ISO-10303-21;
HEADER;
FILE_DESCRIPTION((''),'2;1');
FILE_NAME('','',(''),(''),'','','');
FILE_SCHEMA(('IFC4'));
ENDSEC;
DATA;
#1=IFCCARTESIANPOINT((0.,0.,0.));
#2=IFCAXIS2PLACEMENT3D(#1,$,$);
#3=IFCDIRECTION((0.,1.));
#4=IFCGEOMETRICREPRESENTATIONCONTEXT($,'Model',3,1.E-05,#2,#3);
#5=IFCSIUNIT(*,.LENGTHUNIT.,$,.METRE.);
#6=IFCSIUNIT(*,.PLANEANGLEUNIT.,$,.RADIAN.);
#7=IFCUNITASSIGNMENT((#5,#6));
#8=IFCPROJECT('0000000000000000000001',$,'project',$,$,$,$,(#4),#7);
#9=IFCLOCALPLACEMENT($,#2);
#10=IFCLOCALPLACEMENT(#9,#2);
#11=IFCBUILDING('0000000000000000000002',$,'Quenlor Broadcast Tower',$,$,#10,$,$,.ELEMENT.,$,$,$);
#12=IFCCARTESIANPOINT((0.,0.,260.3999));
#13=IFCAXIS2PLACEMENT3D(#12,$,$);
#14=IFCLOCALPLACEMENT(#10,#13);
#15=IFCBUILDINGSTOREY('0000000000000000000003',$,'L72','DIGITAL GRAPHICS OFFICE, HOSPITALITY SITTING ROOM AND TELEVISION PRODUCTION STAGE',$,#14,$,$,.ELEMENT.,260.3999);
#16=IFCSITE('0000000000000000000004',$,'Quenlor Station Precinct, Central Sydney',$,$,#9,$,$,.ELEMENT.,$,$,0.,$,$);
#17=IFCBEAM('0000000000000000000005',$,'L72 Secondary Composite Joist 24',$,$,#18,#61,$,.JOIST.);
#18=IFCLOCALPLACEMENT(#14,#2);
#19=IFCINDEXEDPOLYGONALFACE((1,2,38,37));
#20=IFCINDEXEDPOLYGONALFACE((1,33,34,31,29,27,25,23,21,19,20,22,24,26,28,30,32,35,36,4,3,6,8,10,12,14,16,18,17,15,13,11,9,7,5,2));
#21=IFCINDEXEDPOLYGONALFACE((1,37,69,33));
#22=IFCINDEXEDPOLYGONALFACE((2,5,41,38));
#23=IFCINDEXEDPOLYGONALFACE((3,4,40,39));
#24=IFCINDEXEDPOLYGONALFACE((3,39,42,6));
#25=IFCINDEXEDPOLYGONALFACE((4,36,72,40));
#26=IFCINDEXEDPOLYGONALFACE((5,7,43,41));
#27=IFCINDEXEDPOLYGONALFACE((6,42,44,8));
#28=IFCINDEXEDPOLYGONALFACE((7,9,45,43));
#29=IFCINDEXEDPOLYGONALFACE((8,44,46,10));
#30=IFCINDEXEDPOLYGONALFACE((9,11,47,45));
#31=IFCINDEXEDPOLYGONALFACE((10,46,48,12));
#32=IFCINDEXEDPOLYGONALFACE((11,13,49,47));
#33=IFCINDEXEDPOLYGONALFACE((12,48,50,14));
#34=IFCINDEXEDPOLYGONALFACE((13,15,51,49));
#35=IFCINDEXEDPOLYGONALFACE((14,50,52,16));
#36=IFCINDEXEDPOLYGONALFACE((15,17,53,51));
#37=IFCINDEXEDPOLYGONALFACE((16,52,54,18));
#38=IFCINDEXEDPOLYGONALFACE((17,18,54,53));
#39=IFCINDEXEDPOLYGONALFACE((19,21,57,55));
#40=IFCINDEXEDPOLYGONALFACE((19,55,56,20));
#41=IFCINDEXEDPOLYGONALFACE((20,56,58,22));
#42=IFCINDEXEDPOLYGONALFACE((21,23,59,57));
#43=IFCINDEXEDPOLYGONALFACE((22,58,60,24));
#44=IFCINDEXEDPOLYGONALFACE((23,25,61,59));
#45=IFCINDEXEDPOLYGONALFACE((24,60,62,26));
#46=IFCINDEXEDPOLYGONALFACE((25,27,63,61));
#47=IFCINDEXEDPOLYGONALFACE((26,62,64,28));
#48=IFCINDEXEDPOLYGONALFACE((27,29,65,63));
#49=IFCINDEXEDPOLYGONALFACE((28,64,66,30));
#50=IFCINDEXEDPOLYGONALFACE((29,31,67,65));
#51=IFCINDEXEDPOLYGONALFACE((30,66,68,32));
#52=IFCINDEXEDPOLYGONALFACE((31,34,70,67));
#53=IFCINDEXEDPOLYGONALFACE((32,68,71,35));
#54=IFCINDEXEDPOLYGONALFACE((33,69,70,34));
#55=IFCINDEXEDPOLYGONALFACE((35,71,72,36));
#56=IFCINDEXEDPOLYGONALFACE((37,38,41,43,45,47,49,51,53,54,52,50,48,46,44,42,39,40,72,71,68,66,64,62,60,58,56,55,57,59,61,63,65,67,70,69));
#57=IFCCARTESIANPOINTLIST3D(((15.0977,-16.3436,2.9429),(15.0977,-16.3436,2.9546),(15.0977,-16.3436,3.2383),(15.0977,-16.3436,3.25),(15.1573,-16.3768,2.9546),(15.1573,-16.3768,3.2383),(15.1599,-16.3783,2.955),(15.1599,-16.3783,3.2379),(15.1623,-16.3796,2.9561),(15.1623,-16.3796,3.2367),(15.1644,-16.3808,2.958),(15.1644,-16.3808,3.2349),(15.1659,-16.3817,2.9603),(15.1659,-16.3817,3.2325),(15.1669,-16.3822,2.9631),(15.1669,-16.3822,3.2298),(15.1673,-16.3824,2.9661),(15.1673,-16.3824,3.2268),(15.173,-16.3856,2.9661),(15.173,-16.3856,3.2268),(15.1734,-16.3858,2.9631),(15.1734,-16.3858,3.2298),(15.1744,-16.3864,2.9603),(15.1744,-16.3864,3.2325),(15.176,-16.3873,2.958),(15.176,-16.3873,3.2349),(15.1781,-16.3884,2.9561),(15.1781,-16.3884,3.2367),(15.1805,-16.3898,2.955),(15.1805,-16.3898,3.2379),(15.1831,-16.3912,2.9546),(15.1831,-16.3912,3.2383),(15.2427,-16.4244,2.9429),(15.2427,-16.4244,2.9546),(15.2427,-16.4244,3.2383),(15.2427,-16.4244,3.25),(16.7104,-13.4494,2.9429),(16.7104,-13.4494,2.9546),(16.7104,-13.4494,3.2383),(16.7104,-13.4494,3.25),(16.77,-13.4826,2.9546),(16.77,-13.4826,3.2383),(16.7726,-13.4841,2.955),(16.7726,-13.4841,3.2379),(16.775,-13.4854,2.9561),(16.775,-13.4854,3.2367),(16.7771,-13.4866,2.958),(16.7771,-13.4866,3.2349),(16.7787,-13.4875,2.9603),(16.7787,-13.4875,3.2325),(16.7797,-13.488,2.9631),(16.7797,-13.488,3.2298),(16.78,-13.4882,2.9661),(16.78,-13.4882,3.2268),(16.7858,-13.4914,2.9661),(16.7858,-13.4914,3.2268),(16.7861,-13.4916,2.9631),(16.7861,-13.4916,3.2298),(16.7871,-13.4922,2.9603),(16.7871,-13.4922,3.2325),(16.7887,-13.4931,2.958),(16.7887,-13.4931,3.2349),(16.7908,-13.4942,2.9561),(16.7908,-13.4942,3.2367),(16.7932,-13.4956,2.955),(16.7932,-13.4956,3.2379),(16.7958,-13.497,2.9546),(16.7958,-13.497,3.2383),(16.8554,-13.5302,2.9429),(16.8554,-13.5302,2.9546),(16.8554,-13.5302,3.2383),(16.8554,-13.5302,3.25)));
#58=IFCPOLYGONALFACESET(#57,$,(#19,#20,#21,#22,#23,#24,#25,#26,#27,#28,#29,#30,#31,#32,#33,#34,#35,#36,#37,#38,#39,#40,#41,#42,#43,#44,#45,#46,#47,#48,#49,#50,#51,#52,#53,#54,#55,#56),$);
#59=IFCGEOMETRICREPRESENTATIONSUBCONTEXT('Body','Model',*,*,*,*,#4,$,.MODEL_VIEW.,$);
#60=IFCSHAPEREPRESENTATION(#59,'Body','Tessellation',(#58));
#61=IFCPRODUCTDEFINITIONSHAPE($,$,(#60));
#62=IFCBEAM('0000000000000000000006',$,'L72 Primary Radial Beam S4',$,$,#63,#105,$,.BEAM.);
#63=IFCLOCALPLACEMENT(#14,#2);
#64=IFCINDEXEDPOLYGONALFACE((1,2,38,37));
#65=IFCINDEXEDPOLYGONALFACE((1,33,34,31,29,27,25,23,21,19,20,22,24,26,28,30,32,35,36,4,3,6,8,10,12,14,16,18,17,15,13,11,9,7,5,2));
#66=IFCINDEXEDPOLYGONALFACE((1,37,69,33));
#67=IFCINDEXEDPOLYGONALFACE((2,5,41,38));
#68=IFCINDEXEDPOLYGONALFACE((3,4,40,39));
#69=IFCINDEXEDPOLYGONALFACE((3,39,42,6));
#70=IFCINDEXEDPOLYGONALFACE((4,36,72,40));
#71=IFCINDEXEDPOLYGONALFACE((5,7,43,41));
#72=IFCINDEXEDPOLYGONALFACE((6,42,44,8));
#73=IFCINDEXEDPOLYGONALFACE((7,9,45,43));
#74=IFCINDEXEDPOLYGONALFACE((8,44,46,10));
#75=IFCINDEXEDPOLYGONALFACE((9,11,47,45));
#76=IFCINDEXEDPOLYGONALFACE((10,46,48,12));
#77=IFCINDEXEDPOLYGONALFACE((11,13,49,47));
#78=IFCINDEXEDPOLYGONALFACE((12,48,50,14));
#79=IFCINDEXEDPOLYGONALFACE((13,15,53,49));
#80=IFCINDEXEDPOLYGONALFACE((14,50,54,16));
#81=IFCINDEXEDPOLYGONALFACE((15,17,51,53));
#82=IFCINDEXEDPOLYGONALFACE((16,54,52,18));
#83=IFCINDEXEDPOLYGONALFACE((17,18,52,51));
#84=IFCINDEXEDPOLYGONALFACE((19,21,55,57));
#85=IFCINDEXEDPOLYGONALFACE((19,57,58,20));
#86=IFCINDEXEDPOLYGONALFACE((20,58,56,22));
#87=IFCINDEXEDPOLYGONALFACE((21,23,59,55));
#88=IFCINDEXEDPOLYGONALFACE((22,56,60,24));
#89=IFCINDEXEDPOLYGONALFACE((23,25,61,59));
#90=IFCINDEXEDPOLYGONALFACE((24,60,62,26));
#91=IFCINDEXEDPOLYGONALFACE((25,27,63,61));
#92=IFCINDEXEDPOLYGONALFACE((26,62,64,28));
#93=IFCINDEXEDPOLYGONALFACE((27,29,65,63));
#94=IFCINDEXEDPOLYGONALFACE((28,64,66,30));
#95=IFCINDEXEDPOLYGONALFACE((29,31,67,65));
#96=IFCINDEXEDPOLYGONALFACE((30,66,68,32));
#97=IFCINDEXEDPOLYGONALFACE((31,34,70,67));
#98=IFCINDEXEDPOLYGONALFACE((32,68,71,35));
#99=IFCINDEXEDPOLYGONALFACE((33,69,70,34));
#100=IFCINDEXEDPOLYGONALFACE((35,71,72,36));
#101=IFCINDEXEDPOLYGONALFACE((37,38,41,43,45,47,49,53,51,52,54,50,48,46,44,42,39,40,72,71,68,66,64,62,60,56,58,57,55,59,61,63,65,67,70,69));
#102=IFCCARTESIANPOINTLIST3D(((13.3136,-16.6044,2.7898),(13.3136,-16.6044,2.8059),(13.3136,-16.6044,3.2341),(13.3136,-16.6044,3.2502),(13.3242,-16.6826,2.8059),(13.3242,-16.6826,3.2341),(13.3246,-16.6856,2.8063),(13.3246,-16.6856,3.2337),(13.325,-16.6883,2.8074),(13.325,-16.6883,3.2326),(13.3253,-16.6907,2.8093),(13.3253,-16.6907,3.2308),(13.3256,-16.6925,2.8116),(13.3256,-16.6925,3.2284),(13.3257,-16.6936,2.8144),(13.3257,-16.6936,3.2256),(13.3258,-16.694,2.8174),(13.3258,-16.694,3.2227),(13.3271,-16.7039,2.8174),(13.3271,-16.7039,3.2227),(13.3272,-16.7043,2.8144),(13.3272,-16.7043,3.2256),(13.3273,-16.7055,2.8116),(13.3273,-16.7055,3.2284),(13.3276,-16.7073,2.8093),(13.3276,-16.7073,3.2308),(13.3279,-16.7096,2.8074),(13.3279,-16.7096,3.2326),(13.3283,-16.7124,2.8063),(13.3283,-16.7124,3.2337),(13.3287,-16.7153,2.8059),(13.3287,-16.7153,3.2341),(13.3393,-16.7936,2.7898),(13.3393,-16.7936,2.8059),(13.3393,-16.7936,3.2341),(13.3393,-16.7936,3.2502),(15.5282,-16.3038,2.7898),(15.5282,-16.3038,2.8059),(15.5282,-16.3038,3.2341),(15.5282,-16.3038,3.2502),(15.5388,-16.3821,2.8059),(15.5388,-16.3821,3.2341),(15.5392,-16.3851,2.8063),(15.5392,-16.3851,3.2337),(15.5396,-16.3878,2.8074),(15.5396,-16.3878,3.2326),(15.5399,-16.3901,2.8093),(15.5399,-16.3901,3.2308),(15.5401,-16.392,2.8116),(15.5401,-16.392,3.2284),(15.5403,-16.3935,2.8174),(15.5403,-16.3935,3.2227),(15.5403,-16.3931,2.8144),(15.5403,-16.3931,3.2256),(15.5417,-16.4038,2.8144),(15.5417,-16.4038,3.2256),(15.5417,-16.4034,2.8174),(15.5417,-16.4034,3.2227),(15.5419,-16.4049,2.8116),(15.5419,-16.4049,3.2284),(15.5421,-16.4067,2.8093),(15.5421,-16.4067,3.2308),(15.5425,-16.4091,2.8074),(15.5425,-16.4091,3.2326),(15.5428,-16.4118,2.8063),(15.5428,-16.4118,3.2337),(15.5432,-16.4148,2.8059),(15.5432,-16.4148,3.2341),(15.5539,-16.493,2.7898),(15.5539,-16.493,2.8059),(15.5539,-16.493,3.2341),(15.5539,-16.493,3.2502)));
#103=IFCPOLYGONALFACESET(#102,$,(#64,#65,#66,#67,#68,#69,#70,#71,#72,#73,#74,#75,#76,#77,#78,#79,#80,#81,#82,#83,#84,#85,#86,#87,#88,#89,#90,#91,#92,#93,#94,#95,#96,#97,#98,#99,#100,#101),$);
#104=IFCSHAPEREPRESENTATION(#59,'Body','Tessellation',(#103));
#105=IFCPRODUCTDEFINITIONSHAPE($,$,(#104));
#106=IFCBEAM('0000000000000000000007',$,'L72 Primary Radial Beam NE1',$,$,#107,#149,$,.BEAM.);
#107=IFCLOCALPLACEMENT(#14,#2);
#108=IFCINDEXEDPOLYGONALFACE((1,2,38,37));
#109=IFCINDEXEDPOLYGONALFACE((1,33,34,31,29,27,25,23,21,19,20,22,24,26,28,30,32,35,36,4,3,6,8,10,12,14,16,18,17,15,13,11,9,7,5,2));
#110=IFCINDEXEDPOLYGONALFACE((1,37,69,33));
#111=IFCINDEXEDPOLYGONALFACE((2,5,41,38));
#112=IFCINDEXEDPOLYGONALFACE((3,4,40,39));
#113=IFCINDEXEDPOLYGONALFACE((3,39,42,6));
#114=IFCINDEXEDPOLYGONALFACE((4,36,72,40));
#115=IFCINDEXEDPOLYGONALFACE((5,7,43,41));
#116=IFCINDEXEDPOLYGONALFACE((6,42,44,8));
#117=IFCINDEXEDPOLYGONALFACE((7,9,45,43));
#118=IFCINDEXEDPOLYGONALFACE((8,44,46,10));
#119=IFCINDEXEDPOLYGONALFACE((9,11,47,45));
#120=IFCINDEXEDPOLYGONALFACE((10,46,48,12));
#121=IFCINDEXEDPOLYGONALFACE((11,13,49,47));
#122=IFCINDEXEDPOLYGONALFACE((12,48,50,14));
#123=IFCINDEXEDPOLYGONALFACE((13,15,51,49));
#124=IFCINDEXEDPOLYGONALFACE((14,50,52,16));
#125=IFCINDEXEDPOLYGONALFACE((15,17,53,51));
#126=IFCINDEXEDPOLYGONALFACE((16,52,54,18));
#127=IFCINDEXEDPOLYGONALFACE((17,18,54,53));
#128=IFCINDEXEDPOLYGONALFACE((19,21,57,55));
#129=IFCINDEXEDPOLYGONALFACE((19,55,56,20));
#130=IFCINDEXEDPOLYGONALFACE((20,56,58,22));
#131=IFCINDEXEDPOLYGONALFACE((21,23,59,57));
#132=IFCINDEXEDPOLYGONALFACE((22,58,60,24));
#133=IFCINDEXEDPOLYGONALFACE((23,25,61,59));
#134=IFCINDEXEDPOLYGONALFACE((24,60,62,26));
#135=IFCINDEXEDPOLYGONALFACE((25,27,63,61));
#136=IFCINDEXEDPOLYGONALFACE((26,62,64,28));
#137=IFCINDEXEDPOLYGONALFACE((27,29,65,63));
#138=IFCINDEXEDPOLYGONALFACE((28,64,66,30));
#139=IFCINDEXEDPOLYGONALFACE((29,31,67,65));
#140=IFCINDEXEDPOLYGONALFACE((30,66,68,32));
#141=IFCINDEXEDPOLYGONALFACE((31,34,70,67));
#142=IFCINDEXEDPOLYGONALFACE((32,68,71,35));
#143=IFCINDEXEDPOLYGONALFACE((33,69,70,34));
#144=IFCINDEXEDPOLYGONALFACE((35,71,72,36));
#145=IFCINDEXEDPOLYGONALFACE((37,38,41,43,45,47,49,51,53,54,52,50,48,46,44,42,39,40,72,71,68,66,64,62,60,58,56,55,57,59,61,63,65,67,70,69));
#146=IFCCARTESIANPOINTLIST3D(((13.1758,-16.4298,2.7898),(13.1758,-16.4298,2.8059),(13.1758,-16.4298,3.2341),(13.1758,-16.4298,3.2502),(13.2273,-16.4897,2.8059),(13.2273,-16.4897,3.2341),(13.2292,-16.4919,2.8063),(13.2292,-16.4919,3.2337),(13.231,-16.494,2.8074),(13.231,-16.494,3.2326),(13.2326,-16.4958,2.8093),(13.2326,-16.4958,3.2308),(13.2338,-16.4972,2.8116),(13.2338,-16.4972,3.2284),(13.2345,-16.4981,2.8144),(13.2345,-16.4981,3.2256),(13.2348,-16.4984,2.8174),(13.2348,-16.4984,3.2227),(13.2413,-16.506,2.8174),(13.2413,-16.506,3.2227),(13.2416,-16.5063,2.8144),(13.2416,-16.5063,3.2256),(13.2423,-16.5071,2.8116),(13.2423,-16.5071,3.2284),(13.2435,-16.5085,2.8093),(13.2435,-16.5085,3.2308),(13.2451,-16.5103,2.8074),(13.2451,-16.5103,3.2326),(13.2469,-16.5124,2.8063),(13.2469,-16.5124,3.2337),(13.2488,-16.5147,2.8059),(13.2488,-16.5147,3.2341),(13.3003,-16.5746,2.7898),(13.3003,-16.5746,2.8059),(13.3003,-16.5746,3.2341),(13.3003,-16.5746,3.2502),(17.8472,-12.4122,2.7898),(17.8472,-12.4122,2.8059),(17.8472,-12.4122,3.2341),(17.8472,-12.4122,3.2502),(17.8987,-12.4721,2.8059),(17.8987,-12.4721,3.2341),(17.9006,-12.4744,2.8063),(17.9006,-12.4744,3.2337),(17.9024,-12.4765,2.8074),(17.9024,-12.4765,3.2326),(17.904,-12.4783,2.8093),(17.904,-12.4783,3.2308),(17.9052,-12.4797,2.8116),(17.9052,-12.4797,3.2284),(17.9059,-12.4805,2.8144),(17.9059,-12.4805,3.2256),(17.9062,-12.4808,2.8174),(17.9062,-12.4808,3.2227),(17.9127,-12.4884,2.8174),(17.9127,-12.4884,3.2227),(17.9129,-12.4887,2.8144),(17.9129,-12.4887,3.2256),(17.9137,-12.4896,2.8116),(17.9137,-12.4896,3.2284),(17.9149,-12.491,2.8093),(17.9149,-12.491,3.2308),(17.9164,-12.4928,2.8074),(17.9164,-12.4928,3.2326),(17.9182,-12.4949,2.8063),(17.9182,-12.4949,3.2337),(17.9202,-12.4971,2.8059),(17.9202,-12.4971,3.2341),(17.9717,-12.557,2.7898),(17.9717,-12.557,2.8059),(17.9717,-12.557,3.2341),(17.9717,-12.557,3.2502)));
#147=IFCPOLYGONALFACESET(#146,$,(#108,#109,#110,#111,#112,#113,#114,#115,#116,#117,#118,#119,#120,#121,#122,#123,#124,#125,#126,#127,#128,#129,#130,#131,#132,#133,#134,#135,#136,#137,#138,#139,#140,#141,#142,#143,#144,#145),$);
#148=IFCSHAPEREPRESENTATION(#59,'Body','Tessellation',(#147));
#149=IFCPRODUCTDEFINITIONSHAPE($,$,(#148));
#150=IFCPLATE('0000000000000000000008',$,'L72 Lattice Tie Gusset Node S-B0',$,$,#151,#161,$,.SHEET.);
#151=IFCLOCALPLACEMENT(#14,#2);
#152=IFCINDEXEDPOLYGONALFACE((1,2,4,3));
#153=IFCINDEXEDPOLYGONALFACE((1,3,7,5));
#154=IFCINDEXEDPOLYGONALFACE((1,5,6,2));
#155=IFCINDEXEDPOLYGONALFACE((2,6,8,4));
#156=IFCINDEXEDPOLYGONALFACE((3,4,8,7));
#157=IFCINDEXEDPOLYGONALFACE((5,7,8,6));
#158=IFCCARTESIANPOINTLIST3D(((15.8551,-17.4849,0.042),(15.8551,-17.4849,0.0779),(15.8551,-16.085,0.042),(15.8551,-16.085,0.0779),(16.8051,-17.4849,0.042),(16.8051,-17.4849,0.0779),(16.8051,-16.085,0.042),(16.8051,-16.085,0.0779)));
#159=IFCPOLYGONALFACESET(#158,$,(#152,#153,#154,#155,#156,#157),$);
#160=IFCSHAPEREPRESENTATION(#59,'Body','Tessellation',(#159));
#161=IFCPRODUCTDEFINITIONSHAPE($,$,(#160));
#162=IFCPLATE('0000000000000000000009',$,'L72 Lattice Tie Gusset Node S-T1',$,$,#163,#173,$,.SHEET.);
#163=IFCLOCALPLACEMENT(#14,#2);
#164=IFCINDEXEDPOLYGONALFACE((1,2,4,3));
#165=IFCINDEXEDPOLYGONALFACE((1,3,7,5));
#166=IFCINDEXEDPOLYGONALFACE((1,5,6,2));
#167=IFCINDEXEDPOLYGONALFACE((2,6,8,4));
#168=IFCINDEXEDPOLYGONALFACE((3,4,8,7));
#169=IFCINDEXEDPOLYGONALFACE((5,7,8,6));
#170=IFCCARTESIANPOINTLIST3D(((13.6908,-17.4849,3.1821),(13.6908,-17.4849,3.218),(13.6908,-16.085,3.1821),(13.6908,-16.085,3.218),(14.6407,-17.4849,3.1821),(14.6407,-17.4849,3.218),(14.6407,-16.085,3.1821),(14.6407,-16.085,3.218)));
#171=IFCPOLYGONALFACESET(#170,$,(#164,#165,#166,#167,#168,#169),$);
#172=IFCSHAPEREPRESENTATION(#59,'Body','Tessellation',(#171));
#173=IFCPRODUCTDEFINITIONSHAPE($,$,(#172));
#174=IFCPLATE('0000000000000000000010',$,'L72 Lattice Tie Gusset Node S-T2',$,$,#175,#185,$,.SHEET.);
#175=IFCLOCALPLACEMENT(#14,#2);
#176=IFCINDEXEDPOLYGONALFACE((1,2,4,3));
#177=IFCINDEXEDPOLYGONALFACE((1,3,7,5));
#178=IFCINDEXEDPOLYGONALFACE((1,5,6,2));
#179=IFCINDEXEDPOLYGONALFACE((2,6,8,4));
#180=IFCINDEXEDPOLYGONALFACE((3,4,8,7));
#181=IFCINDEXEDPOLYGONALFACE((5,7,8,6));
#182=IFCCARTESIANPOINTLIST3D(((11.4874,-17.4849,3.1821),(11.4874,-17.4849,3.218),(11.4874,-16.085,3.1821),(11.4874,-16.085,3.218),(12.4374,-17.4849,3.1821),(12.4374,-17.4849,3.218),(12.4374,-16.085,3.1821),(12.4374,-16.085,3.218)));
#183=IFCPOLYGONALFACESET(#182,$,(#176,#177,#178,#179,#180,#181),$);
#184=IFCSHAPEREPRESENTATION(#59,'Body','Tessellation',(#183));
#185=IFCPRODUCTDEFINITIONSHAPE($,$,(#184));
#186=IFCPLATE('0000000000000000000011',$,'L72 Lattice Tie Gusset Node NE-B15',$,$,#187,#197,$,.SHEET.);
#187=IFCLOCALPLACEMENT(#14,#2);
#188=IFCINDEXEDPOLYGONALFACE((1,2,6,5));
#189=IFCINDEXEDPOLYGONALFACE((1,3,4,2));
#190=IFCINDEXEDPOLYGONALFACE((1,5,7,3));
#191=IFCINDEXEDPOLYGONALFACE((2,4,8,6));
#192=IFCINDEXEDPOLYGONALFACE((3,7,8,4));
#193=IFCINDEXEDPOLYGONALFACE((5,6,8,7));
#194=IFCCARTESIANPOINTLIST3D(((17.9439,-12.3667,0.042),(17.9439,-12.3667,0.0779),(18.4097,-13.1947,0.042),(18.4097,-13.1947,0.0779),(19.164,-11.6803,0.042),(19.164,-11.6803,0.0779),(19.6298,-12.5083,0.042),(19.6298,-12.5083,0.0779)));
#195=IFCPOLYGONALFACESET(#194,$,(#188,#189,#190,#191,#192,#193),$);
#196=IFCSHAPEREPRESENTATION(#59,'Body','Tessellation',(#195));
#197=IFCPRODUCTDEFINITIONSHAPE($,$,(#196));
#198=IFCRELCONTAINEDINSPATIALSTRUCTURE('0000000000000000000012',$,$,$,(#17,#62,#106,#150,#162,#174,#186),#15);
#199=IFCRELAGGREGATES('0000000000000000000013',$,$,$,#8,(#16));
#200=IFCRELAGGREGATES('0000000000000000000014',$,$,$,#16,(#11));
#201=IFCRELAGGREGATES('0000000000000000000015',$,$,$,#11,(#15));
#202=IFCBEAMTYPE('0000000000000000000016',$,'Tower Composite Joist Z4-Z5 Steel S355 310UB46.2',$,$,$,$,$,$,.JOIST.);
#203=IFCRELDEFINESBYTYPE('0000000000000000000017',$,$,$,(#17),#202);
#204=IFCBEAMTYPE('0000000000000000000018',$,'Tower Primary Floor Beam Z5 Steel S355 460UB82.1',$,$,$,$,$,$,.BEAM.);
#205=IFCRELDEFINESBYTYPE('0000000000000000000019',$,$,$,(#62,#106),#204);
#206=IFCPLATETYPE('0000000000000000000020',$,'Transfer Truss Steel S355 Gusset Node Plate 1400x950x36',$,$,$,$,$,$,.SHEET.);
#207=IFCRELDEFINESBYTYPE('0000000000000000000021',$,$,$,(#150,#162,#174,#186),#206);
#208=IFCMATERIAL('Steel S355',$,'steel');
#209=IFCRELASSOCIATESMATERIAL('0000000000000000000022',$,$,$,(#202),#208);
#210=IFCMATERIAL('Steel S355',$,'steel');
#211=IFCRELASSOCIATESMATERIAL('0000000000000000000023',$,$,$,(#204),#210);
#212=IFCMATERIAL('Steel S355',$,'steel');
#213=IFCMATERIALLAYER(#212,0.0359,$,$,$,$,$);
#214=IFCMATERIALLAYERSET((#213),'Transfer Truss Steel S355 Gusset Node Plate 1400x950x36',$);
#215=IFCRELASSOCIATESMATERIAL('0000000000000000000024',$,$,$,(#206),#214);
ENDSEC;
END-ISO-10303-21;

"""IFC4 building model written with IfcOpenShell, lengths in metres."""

from ifc_helpers import new_model, si_unit, direction, frame, origin, origin_2d, place, context, subcontext, project, spatial, rectangle, i_section, extrude, material, layer, layer_set, material_profile, profile_set, type_object, element, save


model = new_model("IFC4")

# Units and contexts
model_context = context("Model", 3, precision=1e-05, world=origin(), true_north=direction((0.0, 1.0)))
body_context = subcontext(model_context, "Body", "Model", "MODEL_VIEW")
ifc_project = project(units=[si_unit("LENGTHUNIT", "METRE"), si_unit("PLANEANGLEUNIT", "RADIAN")], contexts=[model_context])

# Site, building, storey
site_placement = place(None, origin())
site = spatial("IfcSite", under=ifc_project, at=site_placement, Name="Quenlor Station Precinct, Central Sydney", CompositionType="ELEMENT", RefElevation=0.0)
building_placement = place(site_placement, origin())
building = spatial("IfcBuilding", under=site, at=building_placement, Name="Quenlor Broadcast Tower", CompositionType="ELEMENT")
storey_placement = place(building_placement, frame((0.0, 0.0, 260.3999)))
storey = spatial("IfcBuildingStorey", under=building, at=storey_placement, Name="L72", Description="DIGITAL GRAPHICS OFFICE, HOSPITALITY SITTING ROOM AND TELEVISION PRODUCTION STAGE", CompositionType="ELEMENT", Elevation=260.3999)

# Beams
ifc_material_1 = material(Name="Steel S355", Category="steel")
ifc_material_profile_1 = material_profile(ifc_material_1, i_section(OverallWidth=0.166, OverallDepth=0.3071, WebThickness=0.0066, FlangeThickness=0.0117, FilletRadius=0.0115, at=origin_2d()))
ifc_profile_set_1 = profile_set([ifc_material_profile_1], Name="Steel S355 310UB46.2")
beam_type_1 = type_object("IfcBeamType", Name="Tower Composite Joist Z4-Z5 Steel S355 310UB46.2", PredefinedType="JOIST", material=ifc_profile_set_1)
beam_1_placement = place(storey_placement, frame((15.1702, -16.384, 3.0964), z_axis=(0.486762, 0.873534, 0.0), x_axis=(-0.873534, 0.486762, 0.0)))
element("IfcBeam", 1, at=beam_1_placement, inside=storey, type_object=beam_type_1, Name="L72 Secondary Composite Joist 24", PredefinedType="JOIST", context=body_context, shape_type="SweptSolid", body=[
    extrude(i_section(OverallWidth=0.166, OverallDepth=0.3071, WebThickness=0.0066, FlangeThickness=0.0117, FilletRadius=0.0115, at=origin_2d()), origin(), (0.0, 0.0, 1.0), 3.3132),
])
ifc_material_2 = material(Name="Steel S355", Category="steel")
ifc_material_profile_2 = material_profile(ifc_material_2, i_section(OverallWidth=0.1909, OverallDepth=0.4604, WebThickness=0.01, FlangeThickness=0.0161, FilletRadius=0.0115, at=origin_2d()))
ifc_profile_set_2 = profile_set([ifc_material_profile_2], Name="Steel S355 460UB82.1")
beam_type_2 = type_object("IfcBeamType", Name="Tower Primary Floor Beam Z5 Steel S355 460UB82.1", PredefinedType="BEAM", material=ifc_profile_set_2)
beam_2_placement = place(storey_placement, frame((15.541, -16.3984, 3.02), z_axis=(-0.990917, -0.134475, 0.0), x_axis=(0.134475, -0.990917, 0.0)))
element("IfcBeam", 2, at=beam_2_placement, inside=storey, type_object=beam_type_2, Name="L72 Primary Radial Beam S4", PredefinedType="BEAM", context=body_context, shape_type="SweptSolid", body=[
    extrude(i_section(OverallWidth=0.1909, OverallDepth=0.4604, WebThickness=0.01, FlangeThickness=0.0161, FilletRadius=0.0115, at=origin_2d()), origin(), (0.0, 0.0, 1.0), 2.2349),
])
beam_3_placement = place(storey_placement, frame((17.9094, -12.4846, 3.02), z_axis=(-0.75817, -0.652057, 0.0), x_axis=(0.652057, -0.75817, 0.0)))
element("IfcBeam", 3, at=beam_3_placement, inside=storey, type_object=beam_type_2, Name="L72 Primary Radial Beam NE1", PredefinedType="BEAM", context=body_context, shape_type="SweptSolid", body=[
    extrude(i_section(OverallWidth=0.1909, OverallDepth=0.4604, WebThickness=0.01, FlangeThickness=0.0161, FilletRadius=0.0115, at=origin_2d()), origin(), (0.0, 0.0, 1.0), 6.1614),
])

# Plates
ifc_material_3 = material(Name="Steel S355", Category="steel")
ifc_layer_1 = layer(ifc_material_3, 0.0359)
ifc_layer_set_1 = layer_set([ifc_layer_1], Name="Transfer Truss Steel S355 Gusset Node Plate 1400x950x36")
plate_type = type_object("IfcPlateType", Name="Transfer Truss Steel S355 Gusset Node Plate 1400x950x36", PredefinedType="SHEET", material=ifc_layer_set_1)
for number, where, z_axis, x_axis, name in (
    (4, (16.3301, -16.7849, 0.042), (0.0, 0.0, 1.0), (0.0, -1.0, 0.0), "L72 Lattice Tie Gusset Node S-B0"),
    (5, (14.1658, -16.7849, 3.1821), (0.0, 0.0, 1.0), (0.0, -1.0, 0.0), "L72 Lattice Tie Gusset Node S-T1"),
    (6, (11.9624, -16.7849, 3.1821), (0.0, 0.0, 1.0), (0.0, -1.0, 0.0), "L72 Lattice Tie Gusset Node S-T2"),
    (7, (18.7869, -12.4375, 0.042), (0.0, 0.0, 1.0), (0.871556, 0.490295, 0.0), "L72 Lattice Tie Gusset Node NE-B15"),
):
    element("IfcPlate", number, at=place(storey_placement, frame(where, z_axis=z_axis, x_axis=x_axis)), inside=storey, type_object=plate_type, Name=name, PredefinedType="SHEET", context=body_context, shape_type="SweptSolid", body=[
        extrude(rectangle(XDim=1.3999, YDim=0.95, at=origin_2d()), origin(), (0.0, 0.0, 1.0), 0.0359),
    ])

save(model, "model.ifc")
